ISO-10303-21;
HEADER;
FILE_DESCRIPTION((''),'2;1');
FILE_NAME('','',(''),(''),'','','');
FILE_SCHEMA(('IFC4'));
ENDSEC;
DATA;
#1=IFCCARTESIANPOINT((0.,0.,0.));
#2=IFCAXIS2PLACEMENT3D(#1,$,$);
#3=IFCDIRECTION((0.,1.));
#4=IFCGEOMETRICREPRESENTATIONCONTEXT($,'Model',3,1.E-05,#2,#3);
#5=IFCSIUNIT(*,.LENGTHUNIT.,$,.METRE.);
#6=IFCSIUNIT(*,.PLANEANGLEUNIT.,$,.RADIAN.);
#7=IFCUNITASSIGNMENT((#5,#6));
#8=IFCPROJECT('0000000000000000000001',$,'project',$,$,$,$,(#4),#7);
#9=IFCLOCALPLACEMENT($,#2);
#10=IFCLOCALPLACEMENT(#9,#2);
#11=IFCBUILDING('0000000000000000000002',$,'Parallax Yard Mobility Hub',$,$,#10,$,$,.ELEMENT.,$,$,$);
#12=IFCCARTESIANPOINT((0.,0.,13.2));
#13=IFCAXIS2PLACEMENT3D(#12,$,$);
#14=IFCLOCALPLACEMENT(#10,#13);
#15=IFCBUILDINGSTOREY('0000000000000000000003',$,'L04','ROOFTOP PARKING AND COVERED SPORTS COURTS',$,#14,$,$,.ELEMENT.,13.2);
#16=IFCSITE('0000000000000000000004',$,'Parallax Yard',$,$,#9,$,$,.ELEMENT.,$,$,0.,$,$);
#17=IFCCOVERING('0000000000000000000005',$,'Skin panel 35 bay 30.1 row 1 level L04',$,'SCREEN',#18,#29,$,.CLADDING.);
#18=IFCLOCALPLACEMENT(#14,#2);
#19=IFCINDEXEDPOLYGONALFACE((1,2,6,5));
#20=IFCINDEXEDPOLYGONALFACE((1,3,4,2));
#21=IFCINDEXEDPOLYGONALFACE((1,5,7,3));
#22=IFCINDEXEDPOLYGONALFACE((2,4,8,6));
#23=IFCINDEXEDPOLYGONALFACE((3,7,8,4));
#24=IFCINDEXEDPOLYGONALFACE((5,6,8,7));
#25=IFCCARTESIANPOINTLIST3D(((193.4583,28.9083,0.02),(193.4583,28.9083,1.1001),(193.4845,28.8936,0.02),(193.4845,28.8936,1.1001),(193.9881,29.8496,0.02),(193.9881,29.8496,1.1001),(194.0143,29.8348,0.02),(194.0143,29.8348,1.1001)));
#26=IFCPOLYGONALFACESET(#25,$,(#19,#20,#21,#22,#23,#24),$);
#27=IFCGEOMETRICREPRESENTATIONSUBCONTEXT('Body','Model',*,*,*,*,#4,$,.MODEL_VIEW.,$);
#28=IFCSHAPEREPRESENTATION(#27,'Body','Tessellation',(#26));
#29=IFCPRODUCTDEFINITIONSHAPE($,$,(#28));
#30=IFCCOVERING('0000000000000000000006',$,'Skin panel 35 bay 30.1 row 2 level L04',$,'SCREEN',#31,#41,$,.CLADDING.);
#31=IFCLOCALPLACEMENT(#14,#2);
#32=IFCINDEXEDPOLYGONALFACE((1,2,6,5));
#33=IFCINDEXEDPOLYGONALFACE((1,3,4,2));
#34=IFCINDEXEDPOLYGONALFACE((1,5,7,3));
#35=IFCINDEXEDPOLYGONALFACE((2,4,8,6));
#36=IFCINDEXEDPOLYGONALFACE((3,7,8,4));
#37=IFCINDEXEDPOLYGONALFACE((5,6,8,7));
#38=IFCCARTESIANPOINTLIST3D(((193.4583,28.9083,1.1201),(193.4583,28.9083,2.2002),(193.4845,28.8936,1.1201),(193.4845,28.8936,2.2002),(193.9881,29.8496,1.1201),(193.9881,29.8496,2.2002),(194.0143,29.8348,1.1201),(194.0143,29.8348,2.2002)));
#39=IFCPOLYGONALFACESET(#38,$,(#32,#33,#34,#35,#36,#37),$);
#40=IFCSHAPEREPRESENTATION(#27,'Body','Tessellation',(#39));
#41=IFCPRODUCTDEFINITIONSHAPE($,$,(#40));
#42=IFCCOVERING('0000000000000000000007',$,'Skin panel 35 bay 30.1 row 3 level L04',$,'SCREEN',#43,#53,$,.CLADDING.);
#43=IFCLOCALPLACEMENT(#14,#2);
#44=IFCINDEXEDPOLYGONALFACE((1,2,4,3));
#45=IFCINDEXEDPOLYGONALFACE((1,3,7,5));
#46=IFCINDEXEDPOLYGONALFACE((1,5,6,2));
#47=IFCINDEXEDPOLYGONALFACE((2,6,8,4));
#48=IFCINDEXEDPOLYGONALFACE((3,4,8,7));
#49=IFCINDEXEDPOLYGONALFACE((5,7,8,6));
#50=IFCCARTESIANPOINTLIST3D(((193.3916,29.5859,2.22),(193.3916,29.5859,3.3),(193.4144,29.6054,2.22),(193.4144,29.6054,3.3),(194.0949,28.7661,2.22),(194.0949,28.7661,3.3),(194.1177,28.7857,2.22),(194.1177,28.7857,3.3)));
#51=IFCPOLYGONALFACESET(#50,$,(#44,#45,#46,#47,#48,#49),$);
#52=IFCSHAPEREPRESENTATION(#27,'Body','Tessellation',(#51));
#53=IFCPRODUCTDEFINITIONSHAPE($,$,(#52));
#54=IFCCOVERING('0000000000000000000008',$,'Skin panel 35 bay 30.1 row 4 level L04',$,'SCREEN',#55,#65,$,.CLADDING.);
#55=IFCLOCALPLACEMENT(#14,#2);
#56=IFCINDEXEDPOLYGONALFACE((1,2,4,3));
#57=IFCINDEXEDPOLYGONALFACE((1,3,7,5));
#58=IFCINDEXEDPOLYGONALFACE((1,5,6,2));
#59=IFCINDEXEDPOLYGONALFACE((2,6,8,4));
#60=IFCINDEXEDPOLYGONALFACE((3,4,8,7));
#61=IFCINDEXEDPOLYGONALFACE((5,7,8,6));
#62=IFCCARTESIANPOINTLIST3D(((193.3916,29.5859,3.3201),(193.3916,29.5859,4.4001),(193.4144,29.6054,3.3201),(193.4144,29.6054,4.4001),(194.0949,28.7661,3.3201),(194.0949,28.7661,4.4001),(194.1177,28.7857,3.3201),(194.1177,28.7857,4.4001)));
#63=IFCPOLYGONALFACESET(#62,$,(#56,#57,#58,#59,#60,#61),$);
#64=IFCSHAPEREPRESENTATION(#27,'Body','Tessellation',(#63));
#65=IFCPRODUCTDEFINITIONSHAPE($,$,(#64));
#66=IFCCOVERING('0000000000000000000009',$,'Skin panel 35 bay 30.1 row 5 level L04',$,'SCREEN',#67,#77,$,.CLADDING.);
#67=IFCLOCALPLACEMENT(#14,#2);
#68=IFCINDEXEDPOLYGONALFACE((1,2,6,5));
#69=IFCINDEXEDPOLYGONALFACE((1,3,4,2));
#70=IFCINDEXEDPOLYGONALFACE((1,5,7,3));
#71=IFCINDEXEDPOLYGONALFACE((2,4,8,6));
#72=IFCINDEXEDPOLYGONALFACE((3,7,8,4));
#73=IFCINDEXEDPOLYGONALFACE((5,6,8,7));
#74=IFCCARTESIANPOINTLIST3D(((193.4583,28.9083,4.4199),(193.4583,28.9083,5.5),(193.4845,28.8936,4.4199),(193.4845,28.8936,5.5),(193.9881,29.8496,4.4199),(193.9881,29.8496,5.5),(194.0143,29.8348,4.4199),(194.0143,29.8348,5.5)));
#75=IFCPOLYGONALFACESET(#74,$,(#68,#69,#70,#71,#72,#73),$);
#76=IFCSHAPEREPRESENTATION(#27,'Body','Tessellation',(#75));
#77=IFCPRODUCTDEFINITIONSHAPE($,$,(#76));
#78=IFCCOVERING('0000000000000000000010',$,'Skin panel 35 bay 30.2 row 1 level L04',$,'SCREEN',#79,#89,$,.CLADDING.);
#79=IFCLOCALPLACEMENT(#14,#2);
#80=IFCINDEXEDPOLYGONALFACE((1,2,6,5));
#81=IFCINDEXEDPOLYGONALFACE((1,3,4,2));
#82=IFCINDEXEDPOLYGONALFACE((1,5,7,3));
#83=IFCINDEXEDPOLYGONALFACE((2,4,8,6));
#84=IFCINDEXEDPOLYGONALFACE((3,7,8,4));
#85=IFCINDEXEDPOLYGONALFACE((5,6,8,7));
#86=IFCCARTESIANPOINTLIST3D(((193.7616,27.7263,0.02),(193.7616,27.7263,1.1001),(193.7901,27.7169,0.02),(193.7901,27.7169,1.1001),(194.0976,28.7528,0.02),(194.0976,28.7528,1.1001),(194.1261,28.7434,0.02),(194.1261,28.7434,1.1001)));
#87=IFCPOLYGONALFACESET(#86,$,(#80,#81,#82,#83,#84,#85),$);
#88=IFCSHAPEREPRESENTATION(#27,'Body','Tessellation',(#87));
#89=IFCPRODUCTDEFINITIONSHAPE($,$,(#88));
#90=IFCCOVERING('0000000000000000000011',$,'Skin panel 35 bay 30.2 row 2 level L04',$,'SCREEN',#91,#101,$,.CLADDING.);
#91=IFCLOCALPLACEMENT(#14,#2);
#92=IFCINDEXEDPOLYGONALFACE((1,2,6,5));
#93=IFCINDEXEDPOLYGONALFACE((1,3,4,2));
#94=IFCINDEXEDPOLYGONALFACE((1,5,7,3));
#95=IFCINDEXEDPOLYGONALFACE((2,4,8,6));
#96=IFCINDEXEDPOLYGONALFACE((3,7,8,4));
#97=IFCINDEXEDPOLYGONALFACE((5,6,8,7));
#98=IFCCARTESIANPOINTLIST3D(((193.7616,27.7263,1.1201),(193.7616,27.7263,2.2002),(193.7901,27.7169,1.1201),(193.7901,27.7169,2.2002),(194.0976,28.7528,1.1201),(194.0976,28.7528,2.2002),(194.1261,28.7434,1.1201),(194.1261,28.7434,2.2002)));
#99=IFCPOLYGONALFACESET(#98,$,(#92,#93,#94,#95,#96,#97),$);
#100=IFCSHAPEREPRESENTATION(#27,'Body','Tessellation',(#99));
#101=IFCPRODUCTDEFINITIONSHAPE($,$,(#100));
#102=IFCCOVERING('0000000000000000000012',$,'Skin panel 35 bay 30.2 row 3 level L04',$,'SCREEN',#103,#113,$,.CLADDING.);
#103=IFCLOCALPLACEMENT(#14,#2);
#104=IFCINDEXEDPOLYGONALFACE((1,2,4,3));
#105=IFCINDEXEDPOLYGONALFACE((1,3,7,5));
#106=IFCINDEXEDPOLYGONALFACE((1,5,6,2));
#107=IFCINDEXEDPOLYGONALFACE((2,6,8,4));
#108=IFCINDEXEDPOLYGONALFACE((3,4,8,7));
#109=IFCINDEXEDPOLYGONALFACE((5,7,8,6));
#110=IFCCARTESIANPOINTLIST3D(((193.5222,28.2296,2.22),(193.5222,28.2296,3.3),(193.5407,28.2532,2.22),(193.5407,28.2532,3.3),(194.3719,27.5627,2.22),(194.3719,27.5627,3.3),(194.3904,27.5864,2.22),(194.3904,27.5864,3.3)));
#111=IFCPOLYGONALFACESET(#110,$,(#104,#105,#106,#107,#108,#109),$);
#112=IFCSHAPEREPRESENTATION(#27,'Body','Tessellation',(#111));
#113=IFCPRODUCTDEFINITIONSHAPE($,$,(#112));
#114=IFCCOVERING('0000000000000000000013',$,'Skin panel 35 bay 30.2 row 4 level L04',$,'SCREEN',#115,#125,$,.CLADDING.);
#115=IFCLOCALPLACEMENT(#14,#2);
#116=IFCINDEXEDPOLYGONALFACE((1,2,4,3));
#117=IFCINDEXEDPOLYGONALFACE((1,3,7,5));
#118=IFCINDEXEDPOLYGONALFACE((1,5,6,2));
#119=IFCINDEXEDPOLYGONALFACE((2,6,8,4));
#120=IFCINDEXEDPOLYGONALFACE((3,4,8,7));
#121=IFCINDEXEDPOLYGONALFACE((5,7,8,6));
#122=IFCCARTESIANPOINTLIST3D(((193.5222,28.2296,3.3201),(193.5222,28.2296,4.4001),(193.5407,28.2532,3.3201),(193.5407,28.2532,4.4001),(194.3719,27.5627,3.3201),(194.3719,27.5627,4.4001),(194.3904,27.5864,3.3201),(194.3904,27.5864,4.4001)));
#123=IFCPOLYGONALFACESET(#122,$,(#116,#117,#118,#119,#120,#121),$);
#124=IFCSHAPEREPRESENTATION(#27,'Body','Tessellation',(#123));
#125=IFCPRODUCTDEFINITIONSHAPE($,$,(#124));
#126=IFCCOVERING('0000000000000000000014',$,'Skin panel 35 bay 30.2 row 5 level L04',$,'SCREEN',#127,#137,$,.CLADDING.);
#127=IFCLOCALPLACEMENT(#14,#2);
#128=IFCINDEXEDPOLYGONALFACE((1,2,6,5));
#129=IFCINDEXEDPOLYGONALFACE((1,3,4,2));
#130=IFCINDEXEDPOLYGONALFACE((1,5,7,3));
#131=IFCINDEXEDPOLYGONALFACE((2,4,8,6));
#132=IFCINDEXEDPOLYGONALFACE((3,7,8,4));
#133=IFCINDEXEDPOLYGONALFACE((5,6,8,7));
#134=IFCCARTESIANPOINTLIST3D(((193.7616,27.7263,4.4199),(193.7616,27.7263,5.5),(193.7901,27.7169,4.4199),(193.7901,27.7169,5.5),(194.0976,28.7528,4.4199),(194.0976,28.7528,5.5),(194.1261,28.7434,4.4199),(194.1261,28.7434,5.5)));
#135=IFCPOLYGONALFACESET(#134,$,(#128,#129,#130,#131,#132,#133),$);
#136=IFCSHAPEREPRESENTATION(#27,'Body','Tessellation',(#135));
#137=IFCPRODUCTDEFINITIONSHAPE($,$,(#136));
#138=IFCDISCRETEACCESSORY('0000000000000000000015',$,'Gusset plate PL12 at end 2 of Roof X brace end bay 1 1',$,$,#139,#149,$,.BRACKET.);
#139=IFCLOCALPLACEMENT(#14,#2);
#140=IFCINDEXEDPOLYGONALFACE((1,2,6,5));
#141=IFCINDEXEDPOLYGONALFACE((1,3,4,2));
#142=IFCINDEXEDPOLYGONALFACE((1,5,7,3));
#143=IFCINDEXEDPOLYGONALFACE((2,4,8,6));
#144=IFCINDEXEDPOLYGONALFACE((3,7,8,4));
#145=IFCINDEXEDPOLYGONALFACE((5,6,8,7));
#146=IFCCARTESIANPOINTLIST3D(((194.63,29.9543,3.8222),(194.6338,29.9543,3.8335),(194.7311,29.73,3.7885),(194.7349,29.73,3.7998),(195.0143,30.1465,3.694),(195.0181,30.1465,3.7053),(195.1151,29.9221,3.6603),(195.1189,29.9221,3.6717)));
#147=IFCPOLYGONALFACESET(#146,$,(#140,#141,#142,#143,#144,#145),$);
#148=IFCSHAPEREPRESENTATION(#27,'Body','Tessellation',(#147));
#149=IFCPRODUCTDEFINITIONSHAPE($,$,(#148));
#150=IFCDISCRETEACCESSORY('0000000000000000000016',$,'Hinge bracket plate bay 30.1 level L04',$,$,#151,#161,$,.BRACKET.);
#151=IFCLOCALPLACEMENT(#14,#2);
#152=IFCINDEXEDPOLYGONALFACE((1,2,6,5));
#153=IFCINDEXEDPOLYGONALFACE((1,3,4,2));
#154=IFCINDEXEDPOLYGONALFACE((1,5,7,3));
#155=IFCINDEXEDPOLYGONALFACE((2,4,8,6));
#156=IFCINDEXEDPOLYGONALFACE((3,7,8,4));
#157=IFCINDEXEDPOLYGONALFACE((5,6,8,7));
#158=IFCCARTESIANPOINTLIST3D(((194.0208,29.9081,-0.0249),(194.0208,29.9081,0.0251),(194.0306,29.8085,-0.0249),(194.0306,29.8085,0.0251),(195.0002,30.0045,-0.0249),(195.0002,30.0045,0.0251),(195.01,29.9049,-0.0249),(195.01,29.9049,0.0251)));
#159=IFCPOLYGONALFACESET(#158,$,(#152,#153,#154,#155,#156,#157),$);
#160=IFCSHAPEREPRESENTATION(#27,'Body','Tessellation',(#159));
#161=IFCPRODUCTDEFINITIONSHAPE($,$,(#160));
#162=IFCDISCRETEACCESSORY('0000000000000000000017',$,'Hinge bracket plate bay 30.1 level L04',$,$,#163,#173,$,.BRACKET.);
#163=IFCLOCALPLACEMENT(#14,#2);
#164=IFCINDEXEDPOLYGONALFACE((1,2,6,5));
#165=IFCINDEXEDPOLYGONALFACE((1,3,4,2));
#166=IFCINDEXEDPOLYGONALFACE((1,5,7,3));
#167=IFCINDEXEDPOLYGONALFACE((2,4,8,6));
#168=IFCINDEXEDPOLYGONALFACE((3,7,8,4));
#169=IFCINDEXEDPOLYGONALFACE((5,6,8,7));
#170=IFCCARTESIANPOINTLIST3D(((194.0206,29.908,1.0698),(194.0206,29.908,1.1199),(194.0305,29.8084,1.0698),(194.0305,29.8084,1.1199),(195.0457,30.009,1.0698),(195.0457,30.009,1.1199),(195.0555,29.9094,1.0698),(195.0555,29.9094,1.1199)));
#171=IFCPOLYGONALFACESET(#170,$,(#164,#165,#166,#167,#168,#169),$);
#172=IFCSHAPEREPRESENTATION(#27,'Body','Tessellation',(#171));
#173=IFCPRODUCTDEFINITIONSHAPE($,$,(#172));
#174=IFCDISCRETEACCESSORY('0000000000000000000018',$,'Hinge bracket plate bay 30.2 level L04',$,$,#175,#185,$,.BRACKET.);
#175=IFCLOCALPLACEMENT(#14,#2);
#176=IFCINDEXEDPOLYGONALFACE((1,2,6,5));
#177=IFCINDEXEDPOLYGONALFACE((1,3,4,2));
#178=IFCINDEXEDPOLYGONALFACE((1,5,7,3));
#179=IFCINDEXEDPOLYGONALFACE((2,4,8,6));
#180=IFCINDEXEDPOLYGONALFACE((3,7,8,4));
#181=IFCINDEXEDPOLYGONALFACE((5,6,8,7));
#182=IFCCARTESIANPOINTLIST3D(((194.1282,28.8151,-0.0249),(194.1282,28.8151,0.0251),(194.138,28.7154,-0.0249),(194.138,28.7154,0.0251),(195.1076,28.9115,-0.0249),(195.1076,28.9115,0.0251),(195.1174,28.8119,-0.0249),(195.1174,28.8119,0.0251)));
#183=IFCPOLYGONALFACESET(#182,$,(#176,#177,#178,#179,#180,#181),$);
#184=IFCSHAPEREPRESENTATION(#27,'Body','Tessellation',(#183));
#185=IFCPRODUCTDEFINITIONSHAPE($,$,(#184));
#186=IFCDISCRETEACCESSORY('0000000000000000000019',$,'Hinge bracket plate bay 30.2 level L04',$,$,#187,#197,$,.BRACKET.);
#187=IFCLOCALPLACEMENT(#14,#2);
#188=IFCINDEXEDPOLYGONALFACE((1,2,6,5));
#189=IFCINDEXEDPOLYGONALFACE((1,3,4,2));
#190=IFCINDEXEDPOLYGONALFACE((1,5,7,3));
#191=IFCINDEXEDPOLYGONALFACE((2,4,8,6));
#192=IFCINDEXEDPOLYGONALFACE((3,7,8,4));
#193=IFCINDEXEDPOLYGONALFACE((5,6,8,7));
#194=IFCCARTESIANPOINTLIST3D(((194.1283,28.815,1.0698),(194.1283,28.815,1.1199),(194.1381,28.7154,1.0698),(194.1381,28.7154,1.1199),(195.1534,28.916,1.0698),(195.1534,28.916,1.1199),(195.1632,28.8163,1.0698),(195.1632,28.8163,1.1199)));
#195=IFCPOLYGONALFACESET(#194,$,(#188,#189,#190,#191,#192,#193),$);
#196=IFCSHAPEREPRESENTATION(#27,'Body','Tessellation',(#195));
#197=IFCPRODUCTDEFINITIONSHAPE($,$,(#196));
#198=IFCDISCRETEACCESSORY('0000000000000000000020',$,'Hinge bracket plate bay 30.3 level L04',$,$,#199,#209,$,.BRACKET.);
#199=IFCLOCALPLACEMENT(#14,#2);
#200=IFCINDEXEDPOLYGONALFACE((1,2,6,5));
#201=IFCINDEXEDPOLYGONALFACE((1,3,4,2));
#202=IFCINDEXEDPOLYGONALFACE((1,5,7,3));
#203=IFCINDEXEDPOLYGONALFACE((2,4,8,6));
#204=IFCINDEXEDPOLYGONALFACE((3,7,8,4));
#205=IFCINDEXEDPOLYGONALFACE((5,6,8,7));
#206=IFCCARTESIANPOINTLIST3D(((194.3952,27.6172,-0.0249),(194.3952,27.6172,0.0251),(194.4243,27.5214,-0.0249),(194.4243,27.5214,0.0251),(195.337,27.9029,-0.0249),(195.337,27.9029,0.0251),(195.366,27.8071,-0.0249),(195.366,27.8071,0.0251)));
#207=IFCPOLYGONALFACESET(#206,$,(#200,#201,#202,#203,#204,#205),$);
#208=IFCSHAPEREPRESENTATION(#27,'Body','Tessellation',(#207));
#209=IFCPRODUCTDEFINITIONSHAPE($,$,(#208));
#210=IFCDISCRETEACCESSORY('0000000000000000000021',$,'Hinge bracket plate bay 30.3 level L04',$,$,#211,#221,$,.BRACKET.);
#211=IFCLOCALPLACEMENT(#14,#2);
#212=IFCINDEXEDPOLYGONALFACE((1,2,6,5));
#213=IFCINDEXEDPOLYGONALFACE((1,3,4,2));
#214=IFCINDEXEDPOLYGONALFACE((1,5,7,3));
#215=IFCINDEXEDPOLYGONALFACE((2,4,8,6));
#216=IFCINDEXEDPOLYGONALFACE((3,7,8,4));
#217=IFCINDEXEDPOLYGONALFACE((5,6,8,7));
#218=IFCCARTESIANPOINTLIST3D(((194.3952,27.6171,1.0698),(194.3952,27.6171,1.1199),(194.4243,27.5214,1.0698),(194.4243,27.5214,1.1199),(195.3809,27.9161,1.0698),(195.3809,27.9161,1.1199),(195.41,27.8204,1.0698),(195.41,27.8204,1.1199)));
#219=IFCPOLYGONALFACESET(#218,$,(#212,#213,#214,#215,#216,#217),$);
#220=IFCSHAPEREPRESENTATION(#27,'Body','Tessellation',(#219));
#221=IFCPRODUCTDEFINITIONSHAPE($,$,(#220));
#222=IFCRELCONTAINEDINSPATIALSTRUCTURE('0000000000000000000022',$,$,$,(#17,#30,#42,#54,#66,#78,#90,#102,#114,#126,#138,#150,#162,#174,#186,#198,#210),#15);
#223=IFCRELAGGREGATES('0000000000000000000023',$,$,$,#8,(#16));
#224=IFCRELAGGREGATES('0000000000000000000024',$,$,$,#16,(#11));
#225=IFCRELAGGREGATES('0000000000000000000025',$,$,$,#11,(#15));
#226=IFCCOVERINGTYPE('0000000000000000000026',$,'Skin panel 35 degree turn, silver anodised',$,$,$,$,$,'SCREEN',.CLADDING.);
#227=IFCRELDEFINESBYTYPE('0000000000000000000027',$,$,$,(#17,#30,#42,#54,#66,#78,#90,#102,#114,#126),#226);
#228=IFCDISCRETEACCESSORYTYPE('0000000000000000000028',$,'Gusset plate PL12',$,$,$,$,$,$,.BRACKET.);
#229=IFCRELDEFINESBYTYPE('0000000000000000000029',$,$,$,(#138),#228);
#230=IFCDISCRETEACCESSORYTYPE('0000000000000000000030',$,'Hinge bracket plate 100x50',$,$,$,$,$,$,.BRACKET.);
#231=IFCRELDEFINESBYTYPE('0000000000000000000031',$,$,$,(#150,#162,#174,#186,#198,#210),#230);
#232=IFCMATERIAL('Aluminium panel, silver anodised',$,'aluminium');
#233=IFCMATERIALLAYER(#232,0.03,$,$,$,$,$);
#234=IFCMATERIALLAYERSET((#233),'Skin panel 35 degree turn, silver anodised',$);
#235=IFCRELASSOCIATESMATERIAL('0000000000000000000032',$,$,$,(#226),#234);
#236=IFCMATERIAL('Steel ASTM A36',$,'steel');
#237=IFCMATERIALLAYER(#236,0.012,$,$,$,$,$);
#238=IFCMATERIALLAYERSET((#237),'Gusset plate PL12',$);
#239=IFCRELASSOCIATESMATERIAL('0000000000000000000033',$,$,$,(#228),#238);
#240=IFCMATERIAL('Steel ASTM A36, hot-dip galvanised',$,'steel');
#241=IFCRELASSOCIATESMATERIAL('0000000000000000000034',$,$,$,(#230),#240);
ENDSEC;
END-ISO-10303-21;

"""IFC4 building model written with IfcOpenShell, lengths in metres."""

from ifc_helpers import new_model, si_unit, direction, frame, origin, origin_2d, place, context, subcontext, project, spatial, polyline, rectangle, outline, extrude, material, layer, layer_set, type_object, element, save


model = new_model("IFC4")

# Units and contexts
model_context = context("Model", 3, precision=1e-05, world=origin(), true_north=direction((0.0, 1.0)))
body_context = subcontext(model_context, "Body", "Model", "MODEL_VIEW")
ifc_project = project(units=[si_unit("LENGTHUNIT", "METRE"), si_unit("PLANEANGLEUNIT", "RADIAN")], contexts=[model_context])

# Site, building, storey
site_placement = place(None, origin())
site = spatial("IfcSite", under=ifc_project, at=site_placement, Name="Parallax Yard", CompositionType="ELEMENT", RefElevation=0.0)
building_placement = place(site_placement, origin())
building = spatial("IfcBuilding", under=site, at=building_placement, Name="Parallax Yard Mobility Hub", CompositionType="ELEMENT")
storey_placement = place(building_placement, frame((0.0, 0.0, 13.2)))
storey = spatial("IfcBuildingStorey", under=building, at=storey_placement, Name="L04", Description="ROOFTOP PARKING AND COVERED SPORTS COURTS", CompositionType="ELEMENT", Elevation=13.2)

# Coverings
ifc_material_1 = material(Name="Aluminium panel, silver anodised", Category="aluminium")
ifc_layer_1 = layer(ifc_material_1, 0.03)
ifc_layer_set_1 = layer_set([ifc_layer_1], Name="Skin panel 35 degree turn, silver anodised")
covering_type_1 = type_object("IfcCoveringType", Name="Skin panel 35 degree turn, silver anodised", ElementType="SCREEN", PredefinedType="CLADDING", material=ifc_layer_set_1)
for number, where, z_axis, x_axis, name in (
    (1, (193.7363, 29.3716, 0.02), (0.0, 0.0, 1.0), (-0.490524, -0.871428, 0.0), "Skin panel 35 bay 30.1 row 1 level L04"),
    (2, (193.7363, 29.3716, 1.1201), (0.0, 0.0, 1.0), (-0.490524, -0.871428, 0.0), "Skin panel 35 bay 30.1 row 2 level L04"),
    (3, (193.7546, 29.1858, 2.22), (0.0, 0.0, 1.0), (-0.651105, 0.758987, 0.0), "Skin panel 35 bay 30.1 row 3 level L04"),
    (4, (193.7546, 29.1858, 3.3201), (0.0, 0.0, 1.0), (-0.651105, 0.758987, 0.0), "Skin panel 35 bay 30.1 row 4 level L04"),
    (5, (193.7363, 29.3716, 4.4199), (0.0, 0.0, 1.0), (-0.490524, -0.871428, 0.0), "Skin panel 35 bay 30.1 row 5 level L04"),
    (6, (193.9438, 28.2349, 0.02), (0.0, 0.0, 1.0), (-0.311091, -0.95038, 0.0), "Skin panel 35 bay 30.2 row 1 level L04"),
    (7, (193.9438, 28.2349, 1.1201), (0.0, 0.0, 1.0), (-0.311091, -0.95038, 0.0), "Skin panel 35 bay 30.2 row 2 level L04"),
    (8, (193.9563, 27.908, 2.22), (0.0, 0.0, 1.0), (-0.786666, 0.617379, 0.0), "Skin panel 35 bay 30.2 row 3 level L04"),
    (9, (193.9563, 27.908, 3.3201), (0.0, 0.0, 1.0), (-0.786666, 0.617379, 0.0), "Skin panel 35 bay 30.2 row 4 level L04"),
    (10, (193.9438, 28.2349, 4.4199), (0.0, 0.0, 1.0), (-0.311091, -0.95038, 0.0), "Skin panel 35 bay 30.2 row 5 level L04"),
):
    element("IfcCovering", number, at=place(storey_placement, frame(where, z_axis=z_axis, x_axis=x_axis)), inside=storey, type_object=covering_type_1, Name=name, ObjectType="SCREEN", PredefinedType="CLADDING", context=body_context, shape_type="SweptSolid", body=[
        extrude(rectangle(XDim=1.0801, YDim=0.03, at=origin_2d()), origin(), (0.0, 0.0, 1.0), 1.0801),
    ])

# Discrete accessories
ifc_material_2 = material(Name="Steel ASTM A36", Category="steel")
ifc_layer_2 = layer(ifc_material_2, 0.012)
ifc_layer_set_2 = layer_set([ifc_layer_2], Name="Gusset plate PL12")
discrete_accessory_type_1 = type_object("IfcDiscreteAccessoryType", Name="Gusset plate PL12", PredefinedType="BRACKET", material=ifc_layer_set_2)
discrete_accessory_1_placement = place(storey_placement, frame((194.7349, 29.73, 3.7998), z_axis=(0.316512, -0.00003, 0.948588), x_axis=(0.856981, 0.428749, -0.285933)))
element("IfcDiscreteAccessory", 11, at=discrete_accessory_1_placement, inside=storey, type_object=discrete_accessory_type_1, Name="Gusset plate PL12 at end 2 of Roof X brace end bay 1 1", PredefinedType="BRACKET", context=body_context, shape_type="SweptSolid", body=[
    extrude(outline(polyline([(0.0, 0.0), (0.4481, 0.0), (0.4483, 0.2483), (-0.0001, 0.2484), (0.0, 0.0)])), origin(), (0.0, 0.0, -1.0), 0.012),
])
ifc_material_3 = material(Name="Steel ASTM A36, hot-dip galvanised", Category="steel")
discrete_accessory_type_2 = type_object("IfcDiscreteAccessoryType", Name="Hinge bracket plate 100x50", PredefinedType="BRACKET", material=ifc_material_3)
discrete_accessory_2_placement = place(storey_placement, frame((194.5154, 29.9065, -0.0249), z_axis=(0.0, 0.0, 1.0), x_axis=(-0.995185, -0.098017, 0.0)))
element("IfcDiscreteAccessory", 12, at=discrete_accessory_2_placement, inside=storey, type_object=discrete_accessory_type_2, Name="Hinge bracket plate bay 30.1 level L04", PredefinedType="BRACKET", context=body_context, shape_type="SweptSolid", body=[
    extrude(rectangle(XDim=0.9841, YDim=0.1001, at=origin_2d()), origin(), (0.0, 0.0, 1.0), 0.05),
])
discrete_accessory_3_placement = place(storey_placement, frame((194.5381, 29.9087, 1.0698), z_axis=(0.0, 0.0, 1.0), x_axis=(-0.995185, -0.098017, 0.0)))
element("IfcDiscreteAccessory", 13, at=discrete_accessory_3_placement, inside=storey, type_object=discrete_accessory_type_2, Name="Hinge bracket plate bay 30.1 level L04", PredefinedType="BRACKET", context=body_context, shape_type="SweptSolid", body=[
    extrude(rectangle(XDim=1.03, YDim=0.1001, at=origin_2d()), origin(), (0.0, 0.0, 1.0), 0.05),
])
discrete_accessory_4_placement = place(storey_placement, frame((194.6228, 28.8135, -0.0249), z_axis=(0.0, 0.0, 1.0), x_axis=(-0.995185, -0.098017, 0.0)))
element("IfcDiscreteAccessory", 14, at=discrete_accessory_4_placement, inside=storey, type_object=discrete_accessory_type_2, Name="Hinge bracket plate bay 30.2 level L04", PredefinedType="BRACKET", context=body_context, shape_type="SweptSolid", body=[
    extrude(rectangle(XDim=0.9841, YDim=0.1001, at=origin_2d()), origin(), (0.0, 0.0, 1.0), 0.05),
])
discrete_accessory_5_placement = place(storey_placement, frame((194.6458, 28.8157, 1.0698), z_axis=(0.0, 0.0, 1.0), x_axis=(-0.995185, -0.098017, 0.0)))
element("IfcDiscreteAccessory", 15, at=discrete_accessory_5_placement, inside=storey, type_object=discrete_accessory_type_2, Name="Hinge bracket plate bay 30.2 level L04", PredefinedType="BRACKET", context=body_context, shape_type="SweptSolid", body=[
    extrude(rectangle(XDim=1.03, YDim=0.1001, at=origin_2d()), origin(), (0.0, 0.0, 1.0), 0.05),
])
discrete_accessory_6_placement = place(storey_placement, frame((194.8806, 27.7122, -0.0249), z_axis=(0.0, 0.0, 1.0), x_axis=(-0.95694, -0.290285, 0.0)))
element("IfcDiscreteAccessory", 16, at=discrete_accessory_6_placement, inside=storey, type_object=discrete_accessory_type_2, Name="Hinge bracket plate bay 30.3 level L04", PredefinedType="BRACKET", context=body_context, shape_type="SweptSolid", body=[
    extrude(rectangle(XDim=0.9841, YDim=0.1001, at=origin_2d()), origin(), (0.0, 0.0, 1.0), 0.05),
])
discrete_accessory_7_placement = place(storey_placement, frame((194.9026, 27.7188, 1.0698), z_axis=(0.0, 0.0, 1.0), x_axis=(-0.95694, -0.290285, 0.0)))
element("IfcDiscreteAccessory", 17, at=discrete_accessory_7_placement, inside=storey, type_object=discrete_accessory_type_2, Name="Hinge bracket plate bay 30.3 level L04", PredefinedType="BRACKET", context=body_context, shape_type="SweptSolid", body=[
    extrude(rectangle(XDim=1.03, YDim=0.1001, at=origin_2d()), origin(), (0.0, 0.0, 1.0), 0.05),
])

save(model, "model.ifc")
